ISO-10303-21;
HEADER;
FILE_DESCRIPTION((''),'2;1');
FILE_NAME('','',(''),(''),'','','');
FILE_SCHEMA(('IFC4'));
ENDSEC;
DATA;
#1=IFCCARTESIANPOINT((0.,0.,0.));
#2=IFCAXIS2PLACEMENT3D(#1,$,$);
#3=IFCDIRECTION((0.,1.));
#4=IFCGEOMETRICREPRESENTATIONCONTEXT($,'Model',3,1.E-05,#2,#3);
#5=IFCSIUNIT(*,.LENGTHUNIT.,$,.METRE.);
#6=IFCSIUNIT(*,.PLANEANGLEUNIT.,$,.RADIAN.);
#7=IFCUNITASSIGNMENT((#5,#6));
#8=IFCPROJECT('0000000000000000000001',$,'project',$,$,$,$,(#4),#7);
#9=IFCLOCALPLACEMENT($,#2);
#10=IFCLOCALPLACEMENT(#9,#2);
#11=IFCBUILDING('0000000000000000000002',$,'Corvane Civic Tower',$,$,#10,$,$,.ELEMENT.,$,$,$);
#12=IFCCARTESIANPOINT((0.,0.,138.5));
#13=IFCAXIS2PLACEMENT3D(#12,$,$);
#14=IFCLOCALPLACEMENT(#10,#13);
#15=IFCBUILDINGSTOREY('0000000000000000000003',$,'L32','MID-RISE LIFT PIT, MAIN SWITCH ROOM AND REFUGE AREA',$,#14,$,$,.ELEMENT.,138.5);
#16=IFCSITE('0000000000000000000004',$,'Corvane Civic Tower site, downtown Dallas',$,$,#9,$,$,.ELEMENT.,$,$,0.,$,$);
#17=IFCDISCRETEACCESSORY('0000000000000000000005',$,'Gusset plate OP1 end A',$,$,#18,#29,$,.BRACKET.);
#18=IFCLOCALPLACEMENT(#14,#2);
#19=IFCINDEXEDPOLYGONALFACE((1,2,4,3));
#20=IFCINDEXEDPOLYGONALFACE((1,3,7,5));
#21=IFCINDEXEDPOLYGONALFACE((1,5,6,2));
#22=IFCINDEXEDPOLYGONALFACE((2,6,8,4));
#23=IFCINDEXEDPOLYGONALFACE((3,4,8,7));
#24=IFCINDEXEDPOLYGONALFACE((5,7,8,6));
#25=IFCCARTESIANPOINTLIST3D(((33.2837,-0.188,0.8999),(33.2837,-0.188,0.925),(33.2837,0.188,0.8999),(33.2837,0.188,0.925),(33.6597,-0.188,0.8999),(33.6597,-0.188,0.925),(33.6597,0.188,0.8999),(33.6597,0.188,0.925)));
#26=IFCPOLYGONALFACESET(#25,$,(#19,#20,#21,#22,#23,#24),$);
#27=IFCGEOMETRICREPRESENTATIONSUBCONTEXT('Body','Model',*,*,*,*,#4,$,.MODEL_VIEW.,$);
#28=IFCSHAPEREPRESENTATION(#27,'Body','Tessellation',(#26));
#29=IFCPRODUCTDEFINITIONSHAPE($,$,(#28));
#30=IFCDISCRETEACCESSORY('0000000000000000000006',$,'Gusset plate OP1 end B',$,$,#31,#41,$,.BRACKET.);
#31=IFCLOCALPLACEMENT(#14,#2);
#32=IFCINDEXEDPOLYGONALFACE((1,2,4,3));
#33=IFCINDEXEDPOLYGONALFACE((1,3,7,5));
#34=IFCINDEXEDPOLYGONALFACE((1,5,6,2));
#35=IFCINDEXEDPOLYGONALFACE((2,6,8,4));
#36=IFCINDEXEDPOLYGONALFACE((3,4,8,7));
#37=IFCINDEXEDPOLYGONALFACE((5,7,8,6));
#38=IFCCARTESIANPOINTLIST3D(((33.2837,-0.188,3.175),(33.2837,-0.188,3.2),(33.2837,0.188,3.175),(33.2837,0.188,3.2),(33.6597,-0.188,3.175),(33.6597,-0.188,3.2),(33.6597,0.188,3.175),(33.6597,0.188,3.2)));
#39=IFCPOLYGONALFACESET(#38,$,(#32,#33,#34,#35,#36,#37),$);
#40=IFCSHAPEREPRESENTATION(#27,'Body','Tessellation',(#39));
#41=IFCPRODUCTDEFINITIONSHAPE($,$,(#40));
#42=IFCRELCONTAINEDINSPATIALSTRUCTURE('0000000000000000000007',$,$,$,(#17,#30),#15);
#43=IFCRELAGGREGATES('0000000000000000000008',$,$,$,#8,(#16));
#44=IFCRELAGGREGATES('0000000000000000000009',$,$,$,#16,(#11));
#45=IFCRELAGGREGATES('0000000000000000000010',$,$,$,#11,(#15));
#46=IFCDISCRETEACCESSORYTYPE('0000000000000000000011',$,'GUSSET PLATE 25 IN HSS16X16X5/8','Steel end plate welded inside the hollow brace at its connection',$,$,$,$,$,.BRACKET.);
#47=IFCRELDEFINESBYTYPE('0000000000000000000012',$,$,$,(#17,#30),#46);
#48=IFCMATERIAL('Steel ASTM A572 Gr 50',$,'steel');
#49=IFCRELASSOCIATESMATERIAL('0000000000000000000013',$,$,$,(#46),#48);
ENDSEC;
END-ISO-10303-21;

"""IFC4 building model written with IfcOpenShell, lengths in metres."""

from ifc_helpers import new_model, si_unit, direction, frame, origin, origin_2d, place, context, subcontext, project, spatial, rectangle, extrude, material, material_profile, profile_set, type_object, element, save


model = new_model("IFC4")

# Units and contexts
model_context = context("Model", 3, precision=1e-05, world=origin(), true_north=direction((0.0, 1.0)))
body_context = subcontext(model_context, "Body", "Model", "MODEL_VIEW")
ifc_project = project(units=[si_unit("LENGTHUNIT", "METRE"), si_unit("PLANEANGLEUNIT", "RADIAN")], contexts=[model_context])

# Site, building, storey
site_placement = place(None, origin())
site = spatial("IfcSite", under=ifc_project, at=site_placement, Name="Corvane Civic Tower site, downtown Dallas", CompositionType="ELEMENT", RefElevation=0.0)
building_placement = place(site_placement, origin())
building = spatial("IfcBuilding", under=site, at=building_placement, Name="Corvane Civic Tower", CompositionType="ELEMENT")
storey_placement = place(building_placement, frame((0.0, 0.0, 138.5)))
storey = spatial("IfcBuildingStorey", under=building, at=storey_placement, Name="L32", Description="MID-RISE LIFT PIT, MAIN SWITCH ROOM AND REFUGE AREA", CompositionType="ELEMENT", Elevation=138.5)

# Discrete accessories
ifc_material_1 = material(Name="Steel ASTM A572 Gr 50", Category="steel")
ifc_material_profile_1 = material_profile(ifc_material_1, rectangle(XDim=0.376, YDim=0.376, at=origin_2d()), Name="GUSSET PLATE 25 IN HSS16X16X5/8")
ifc_profile_set_1 = profile_set([ifc_material_profile_1], Name="Steel ASTM A572 Gr 50")
discrete_accessory_type_1 = type_object("IfcDiscreteAccessoryType", Name="GUSSET PLATE 25 IN HSS16X16X5/8", Description="Steel end plate welded inside the hollow brace at its connection", PredefinedType="BRACKET", material=ifc_profile_set_1)
discrete_accessory_1_placement = place(storey_placement, frame((33.4717, 0.0, 0.8999), z_axis=(0.0, 0.0, 1.0), x_axis=(1.0, 0.0, 0.0)))
element("IfcDiscreteAccessory", 1, at=discrete_accessory_1_placement, inside=storey, type_object=discrete_accessory_type_1, Name="Gusset plate OP1 end A", PredefinedType="BRACKET", context=body_context, shape_type="SweptSolid", body=[
    extrude(rectangle(XDim=0.376, YDim=0.376, at=origin_2d()), origin(), (0.0, 0.0, 1.0), 0.0251),
])
discrete_accessory_2_placement = place(storey_placement, frame((33.4717, 0.0, 3.2), z_axis=(0.0, 0.0, -1.0), x_axis=(1.0, 0.0, 0.0)))
element("IfcDiscreteAccessory", 2, at=discrete_accessory_2_placement, inside=storey, type_object=discrete_accessory_type_1, Name="Gusset plate OP1 end B", PredefinedType="BRACKET", context=body_context, shape_type="SweptSolid", body=[
    extrude(rectangle(XDim=0.376, YDim=0.376, at=origin_2d()), origin(), (0.0, 0.0, 1.0), 0.0249),
])

save(model, "model.ifc")
